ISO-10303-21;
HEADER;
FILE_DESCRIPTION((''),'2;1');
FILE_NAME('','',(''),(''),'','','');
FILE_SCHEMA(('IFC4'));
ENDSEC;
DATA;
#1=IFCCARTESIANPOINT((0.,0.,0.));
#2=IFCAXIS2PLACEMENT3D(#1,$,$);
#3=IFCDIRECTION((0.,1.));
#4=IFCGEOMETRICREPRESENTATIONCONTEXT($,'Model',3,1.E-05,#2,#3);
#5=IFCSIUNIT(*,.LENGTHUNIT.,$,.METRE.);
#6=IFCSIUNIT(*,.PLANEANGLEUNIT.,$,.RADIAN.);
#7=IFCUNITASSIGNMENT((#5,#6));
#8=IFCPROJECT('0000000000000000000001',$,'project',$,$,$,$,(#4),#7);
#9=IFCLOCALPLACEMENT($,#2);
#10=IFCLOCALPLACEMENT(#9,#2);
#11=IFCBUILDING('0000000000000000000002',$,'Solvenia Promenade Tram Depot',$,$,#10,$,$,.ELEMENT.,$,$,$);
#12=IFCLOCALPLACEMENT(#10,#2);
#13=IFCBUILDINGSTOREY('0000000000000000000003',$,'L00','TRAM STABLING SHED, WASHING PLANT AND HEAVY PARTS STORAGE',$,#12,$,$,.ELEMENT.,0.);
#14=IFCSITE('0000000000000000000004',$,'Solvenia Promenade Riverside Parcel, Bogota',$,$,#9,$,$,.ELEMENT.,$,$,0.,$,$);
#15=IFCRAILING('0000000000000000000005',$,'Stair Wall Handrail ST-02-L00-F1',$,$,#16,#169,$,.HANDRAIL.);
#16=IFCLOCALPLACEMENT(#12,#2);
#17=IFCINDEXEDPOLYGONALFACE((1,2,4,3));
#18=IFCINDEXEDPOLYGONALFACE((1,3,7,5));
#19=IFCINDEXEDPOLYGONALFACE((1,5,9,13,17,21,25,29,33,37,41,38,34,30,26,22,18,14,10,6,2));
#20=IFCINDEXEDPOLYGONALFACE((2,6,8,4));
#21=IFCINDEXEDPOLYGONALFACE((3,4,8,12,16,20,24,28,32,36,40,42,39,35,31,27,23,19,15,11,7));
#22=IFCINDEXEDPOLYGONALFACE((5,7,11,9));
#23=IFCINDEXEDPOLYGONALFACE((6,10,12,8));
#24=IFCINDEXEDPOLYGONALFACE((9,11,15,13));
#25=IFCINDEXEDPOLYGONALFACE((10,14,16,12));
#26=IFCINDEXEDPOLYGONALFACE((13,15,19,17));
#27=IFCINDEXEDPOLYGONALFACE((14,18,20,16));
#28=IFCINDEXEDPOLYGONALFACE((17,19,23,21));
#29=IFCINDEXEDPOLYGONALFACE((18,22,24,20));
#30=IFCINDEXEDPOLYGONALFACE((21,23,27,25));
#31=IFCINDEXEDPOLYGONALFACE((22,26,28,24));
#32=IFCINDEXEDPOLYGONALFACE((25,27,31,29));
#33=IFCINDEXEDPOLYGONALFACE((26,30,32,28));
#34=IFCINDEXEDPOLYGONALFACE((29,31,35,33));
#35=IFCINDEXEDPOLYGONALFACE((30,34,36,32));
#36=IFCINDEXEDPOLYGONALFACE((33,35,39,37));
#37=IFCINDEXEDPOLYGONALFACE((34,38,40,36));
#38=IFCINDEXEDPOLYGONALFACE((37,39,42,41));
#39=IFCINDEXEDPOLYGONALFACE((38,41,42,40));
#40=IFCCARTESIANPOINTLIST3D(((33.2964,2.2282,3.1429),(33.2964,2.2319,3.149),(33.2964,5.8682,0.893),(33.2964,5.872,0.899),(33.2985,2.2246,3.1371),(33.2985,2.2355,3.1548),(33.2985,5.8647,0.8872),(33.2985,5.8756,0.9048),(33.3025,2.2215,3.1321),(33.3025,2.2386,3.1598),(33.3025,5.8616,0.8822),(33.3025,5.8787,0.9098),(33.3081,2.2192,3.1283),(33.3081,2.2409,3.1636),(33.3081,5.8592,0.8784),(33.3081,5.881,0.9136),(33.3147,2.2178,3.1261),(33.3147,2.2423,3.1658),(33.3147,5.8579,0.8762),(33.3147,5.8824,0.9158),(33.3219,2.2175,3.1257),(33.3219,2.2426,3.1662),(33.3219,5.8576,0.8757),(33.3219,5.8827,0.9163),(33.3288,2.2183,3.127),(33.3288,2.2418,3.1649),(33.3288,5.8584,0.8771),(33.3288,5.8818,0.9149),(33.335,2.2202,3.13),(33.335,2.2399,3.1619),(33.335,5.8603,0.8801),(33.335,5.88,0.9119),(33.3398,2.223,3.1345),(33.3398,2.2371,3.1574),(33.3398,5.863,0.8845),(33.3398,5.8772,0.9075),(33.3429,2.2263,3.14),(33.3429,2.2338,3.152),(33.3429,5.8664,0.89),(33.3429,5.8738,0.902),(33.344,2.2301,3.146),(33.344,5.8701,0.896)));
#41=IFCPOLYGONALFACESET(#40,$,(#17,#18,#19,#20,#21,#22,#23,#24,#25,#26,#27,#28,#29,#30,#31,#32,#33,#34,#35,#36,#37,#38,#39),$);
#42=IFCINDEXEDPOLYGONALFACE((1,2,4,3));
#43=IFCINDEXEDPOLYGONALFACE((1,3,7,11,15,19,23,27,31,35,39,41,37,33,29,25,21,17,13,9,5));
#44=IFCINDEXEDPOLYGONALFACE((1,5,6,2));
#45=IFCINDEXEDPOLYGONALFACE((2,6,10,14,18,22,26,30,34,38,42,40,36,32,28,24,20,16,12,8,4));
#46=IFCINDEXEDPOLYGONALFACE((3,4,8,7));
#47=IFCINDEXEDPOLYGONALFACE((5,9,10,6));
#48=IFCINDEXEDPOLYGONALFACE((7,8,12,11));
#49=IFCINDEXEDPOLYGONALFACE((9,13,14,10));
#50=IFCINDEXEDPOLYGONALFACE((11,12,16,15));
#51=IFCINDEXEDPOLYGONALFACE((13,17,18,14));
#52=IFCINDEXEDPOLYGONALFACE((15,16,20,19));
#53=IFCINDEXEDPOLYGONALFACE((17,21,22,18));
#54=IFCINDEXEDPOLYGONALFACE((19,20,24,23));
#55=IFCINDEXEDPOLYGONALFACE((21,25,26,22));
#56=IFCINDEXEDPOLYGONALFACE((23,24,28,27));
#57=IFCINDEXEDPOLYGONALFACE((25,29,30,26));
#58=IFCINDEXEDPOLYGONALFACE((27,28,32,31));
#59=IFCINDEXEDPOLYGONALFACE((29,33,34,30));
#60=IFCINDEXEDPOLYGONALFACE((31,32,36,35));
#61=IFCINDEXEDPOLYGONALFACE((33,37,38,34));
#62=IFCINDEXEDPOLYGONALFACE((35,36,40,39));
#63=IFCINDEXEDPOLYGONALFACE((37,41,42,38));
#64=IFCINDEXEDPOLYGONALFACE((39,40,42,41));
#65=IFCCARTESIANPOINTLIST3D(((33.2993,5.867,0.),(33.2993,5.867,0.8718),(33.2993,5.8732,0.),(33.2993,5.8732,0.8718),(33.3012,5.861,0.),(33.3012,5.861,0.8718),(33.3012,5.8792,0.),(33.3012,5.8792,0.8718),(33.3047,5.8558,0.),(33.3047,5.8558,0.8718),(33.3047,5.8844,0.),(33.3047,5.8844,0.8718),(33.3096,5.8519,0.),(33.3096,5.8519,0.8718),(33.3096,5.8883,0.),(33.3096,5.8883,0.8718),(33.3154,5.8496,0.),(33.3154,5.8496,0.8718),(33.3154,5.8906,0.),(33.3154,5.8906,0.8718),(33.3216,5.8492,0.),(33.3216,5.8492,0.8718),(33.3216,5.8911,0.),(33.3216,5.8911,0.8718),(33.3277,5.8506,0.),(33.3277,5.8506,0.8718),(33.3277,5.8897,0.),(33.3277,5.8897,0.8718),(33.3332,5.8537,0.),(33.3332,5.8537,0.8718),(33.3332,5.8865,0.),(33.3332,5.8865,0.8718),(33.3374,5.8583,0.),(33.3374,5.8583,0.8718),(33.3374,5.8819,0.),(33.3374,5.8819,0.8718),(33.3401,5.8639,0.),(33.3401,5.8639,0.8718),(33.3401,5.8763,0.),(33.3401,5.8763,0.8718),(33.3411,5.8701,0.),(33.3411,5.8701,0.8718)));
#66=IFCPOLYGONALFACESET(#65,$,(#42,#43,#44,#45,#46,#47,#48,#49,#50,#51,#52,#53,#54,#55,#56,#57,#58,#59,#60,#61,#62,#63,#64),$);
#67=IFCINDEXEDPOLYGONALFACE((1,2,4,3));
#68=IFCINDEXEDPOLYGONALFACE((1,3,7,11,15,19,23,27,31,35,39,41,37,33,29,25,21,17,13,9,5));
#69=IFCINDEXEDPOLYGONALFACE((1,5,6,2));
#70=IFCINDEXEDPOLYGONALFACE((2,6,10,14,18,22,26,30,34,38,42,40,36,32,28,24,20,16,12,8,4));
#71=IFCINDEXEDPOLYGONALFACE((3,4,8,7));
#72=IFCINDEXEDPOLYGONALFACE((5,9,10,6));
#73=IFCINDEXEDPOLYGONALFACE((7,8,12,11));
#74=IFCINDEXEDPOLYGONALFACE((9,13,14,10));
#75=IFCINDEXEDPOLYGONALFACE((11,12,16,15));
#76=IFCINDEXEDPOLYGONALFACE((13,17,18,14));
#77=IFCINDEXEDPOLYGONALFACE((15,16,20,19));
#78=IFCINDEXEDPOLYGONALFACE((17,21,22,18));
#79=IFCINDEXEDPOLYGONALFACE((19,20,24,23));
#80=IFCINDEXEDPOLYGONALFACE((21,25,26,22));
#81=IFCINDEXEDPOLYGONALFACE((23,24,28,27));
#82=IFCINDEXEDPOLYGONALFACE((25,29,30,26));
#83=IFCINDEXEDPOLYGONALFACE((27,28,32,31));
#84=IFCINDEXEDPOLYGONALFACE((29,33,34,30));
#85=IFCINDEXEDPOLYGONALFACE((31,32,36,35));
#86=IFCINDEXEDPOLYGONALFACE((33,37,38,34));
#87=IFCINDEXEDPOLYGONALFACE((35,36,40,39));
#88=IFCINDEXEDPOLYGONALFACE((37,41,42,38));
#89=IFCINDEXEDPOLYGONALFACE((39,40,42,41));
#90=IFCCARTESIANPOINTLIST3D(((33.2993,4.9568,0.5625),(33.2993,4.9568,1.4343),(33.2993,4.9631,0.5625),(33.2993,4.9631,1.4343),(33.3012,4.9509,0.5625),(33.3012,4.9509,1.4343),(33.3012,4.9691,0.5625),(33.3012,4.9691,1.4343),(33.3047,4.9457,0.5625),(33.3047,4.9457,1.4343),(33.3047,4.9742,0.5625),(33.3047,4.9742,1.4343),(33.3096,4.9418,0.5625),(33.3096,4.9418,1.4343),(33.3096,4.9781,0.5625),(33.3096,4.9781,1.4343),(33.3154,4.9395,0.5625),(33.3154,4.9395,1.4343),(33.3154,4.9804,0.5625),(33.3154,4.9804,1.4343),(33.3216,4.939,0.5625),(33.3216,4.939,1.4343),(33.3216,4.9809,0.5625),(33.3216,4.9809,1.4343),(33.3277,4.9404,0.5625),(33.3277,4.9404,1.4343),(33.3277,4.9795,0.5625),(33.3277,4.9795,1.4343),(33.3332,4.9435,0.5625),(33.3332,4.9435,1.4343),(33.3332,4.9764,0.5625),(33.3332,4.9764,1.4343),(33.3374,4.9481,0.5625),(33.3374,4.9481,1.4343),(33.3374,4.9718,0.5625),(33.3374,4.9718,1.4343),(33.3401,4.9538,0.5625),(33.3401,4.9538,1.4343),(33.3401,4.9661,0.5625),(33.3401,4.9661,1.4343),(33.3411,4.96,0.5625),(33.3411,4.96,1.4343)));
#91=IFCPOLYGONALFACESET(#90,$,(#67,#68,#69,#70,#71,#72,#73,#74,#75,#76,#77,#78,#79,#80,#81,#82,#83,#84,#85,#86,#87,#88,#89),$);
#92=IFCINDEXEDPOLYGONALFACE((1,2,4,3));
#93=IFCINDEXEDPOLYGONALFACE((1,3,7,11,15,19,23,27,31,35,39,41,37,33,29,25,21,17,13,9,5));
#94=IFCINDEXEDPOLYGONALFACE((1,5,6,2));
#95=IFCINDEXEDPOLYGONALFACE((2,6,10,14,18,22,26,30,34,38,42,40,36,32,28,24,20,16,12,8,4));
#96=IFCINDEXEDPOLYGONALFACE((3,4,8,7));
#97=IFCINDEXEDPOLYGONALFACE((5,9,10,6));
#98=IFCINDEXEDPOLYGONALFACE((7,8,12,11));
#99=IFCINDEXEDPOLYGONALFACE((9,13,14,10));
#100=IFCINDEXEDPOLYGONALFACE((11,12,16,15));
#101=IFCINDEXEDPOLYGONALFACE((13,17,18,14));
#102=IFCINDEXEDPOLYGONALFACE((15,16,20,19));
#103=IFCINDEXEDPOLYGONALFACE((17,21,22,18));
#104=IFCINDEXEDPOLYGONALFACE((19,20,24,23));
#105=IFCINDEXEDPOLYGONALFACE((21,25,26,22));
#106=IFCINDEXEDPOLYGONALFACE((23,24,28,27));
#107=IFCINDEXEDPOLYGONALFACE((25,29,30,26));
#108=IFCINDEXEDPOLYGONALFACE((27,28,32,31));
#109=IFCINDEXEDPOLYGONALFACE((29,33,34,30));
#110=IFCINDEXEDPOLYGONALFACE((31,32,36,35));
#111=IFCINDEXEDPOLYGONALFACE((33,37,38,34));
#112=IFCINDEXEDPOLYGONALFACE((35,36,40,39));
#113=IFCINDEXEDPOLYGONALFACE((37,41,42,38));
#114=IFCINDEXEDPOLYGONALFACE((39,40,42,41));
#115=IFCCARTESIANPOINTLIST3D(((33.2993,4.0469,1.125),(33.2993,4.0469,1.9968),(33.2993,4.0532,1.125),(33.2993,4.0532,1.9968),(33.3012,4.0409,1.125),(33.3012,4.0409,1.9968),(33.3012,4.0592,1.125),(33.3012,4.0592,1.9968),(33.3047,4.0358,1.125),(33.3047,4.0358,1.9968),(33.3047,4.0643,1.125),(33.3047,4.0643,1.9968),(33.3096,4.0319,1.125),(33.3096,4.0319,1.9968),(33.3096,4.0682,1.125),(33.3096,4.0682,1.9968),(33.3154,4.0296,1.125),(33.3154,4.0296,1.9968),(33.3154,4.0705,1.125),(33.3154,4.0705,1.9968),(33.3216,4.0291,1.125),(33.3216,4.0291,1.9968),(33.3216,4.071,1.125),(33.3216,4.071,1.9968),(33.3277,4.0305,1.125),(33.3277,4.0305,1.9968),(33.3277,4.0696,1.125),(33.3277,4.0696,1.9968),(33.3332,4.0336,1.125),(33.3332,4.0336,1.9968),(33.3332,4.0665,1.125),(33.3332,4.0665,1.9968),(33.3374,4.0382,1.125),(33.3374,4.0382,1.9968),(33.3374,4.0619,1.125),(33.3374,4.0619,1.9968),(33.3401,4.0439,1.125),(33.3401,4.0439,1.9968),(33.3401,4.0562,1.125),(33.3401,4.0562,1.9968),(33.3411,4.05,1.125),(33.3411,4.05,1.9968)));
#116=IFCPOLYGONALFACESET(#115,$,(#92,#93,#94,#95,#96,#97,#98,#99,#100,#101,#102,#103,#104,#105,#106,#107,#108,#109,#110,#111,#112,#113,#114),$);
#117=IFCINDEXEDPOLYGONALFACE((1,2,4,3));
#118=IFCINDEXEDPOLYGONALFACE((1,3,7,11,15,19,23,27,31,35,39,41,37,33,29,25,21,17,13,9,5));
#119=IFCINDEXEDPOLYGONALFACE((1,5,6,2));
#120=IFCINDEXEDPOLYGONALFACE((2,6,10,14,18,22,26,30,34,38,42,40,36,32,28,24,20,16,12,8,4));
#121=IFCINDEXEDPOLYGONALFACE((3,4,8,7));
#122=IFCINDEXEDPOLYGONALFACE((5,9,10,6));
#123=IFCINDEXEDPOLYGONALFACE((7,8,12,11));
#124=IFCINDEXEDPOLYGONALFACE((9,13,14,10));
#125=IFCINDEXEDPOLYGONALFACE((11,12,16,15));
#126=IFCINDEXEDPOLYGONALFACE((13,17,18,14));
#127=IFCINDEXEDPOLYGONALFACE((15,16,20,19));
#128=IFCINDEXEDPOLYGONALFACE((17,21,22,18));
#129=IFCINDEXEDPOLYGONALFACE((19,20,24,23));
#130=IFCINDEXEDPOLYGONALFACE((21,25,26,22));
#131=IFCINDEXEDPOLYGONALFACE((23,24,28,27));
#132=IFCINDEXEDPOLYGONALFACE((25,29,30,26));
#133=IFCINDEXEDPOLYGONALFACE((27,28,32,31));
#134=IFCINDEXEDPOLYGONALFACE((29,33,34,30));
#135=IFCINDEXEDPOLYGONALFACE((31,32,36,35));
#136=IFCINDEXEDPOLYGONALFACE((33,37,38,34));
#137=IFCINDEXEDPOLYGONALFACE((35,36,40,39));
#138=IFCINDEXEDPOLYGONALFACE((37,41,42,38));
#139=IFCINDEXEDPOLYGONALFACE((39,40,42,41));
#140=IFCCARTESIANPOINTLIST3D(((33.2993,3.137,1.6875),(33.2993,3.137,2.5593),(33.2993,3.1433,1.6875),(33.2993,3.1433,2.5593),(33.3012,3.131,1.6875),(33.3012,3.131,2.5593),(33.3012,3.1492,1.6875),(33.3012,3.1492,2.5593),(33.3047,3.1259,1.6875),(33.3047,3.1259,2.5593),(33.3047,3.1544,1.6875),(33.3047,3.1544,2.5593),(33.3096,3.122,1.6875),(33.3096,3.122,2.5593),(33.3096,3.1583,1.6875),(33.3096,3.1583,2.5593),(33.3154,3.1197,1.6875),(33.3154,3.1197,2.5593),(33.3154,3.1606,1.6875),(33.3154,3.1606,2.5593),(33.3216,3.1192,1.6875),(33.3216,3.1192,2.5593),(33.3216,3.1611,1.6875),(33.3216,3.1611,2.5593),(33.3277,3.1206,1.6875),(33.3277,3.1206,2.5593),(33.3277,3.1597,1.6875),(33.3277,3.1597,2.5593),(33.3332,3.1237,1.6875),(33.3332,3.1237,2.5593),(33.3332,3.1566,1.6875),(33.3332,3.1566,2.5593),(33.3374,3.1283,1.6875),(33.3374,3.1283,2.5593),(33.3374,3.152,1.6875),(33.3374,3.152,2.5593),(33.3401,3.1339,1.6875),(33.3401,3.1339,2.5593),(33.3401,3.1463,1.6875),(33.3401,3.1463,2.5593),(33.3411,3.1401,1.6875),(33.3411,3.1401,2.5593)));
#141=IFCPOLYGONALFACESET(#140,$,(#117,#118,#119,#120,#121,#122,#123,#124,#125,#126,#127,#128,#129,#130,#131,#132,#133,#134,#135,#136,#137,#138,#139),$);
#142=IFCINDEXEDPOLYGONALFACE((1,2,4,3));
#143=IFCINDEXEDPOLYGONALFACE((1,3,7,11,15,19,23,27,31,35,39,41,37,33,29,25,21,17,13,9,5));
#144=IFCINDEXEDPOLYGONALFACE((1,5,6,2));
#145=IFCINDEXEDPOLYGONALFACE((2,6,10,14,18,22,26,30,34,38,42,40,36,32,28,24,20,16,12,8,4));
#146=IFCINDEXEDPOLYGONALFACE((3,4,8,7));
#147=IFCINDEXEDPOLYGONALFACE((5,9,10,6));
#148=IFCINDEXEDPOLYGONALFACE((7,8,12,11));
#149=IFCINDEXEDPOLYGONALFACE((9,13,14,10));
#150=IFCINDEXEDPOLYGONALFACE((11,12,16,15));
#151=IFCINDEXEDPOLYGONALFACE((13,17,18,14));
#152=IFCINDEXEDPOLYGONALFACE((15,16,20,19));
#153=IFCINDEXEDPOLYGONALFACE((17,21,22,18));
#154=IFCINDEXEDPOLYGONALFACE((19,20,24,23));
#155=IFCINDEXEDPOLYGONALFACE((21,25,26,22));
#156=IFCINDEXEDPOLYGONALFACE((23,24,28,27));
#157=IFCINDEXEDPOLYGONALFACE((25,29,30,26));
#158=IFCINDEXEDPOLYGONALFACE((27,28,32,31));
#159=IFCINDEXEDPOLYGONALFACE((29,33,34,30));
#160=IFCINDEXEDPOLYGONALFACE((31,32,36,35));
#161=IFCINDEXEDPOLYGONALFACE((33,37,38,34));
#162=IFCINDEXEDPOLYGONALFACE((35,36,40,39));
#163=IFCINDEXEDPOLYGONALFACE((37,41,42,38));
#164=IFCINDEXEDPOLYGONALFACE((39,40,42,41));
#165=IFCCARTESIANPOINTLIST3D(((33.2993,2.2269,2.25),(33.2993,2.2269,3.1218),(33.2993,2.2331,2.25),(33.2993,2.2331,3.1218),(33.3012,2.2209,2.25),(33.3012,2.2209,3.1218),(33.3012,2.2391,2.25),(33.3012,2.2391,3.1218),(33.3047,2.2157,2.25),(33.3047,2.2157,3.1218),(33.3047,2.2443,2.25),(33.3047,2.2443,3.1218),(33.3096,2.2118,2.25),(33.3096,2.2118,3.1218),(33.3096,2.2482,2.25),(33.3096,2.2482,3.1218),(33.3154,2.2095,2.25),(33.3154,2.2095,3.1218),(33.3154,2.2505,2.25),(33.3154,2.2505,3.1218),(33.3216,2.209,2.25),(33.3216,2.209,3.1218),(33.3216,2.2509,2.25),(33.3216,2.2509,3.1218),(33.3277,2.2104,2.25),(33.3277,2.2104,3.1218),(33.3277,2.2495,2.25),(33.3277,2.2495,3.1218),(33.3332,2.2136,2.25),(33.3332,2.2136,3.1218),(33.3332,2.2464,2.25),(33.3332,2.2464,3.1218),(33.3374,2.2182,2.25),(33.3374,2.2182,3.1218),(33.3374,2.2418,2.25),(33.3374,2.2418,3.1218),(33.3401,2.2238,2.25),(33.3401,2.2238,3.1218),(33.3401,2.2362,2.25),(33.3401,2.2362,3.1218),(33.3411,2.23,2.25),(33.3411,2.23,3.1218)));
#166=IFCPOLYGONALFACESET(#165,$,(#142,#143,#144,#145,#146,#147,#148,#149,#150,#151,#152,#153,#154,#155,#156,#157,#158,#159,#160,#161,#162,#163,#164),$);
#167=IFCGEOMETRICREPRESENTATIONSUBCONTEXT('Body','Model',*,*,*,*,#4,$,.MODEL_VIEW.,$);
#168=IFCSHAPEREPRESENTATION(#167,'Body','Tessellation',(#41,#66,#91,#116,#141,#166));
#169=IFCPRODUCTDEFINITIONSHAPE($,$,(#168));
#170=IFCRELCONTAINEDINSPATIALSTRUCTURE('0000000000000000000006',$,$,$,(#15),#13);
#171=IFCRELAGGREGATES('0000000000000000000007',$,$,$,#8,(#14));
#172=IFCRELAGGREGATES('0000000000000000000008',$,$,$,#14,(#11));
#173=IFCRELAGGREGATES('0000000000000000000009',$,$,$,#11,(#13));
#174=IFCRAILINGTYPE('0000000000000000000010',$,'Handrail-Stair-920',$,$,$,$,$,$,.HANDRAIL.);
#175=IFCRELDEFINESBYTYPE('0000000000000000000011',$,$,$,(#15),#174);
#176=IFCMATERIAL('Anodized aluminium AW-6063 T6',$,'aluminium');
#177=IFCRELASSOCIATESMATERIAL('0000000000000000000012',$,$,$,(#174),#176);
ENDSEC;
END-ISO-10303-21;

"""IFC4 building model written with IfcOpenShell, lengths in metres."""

from ifc_helpers import new_model, si_unit, direction, frame, origin, origin_2d, place, context, subcontext, project, spatial, circle, extrude, material, type_object, element, save


model = new_model("IFC4")

# Units and contexts
model_context = context("Model", 3, precision=1e-05, world=origin(), true_north=direction((0.0, 1.0)))
body_context = subcontext(model_context, "Body", "Model", "MODEL_VIEW")
ifc_project = project(units=[si_unit("LENGTHUNIT", "METRE"), si_unit("PLANEANGLEUNIT", "RADIAN")], contexts=[model_context])

# Site, building, storey
site_placement = place(None, origin())
site = spatial("IfcSite", under=ifc_project, at=site_placement, Name="Solvenia Promenade Riverside Parcel, Bogota", CompositionType="ELEMENT", RefElevation=0.0)
building_placement = place(site_placement, origin())
building = spatial("IfcBuilding", under=site, at=building_placement, Name="Solvenia Promenade Tram Depot", CompositionType="ELEMENT")
storey_placement = place(building_placement, origin())
storey = spatial("IfcBuildingStorey", under=building, at=storey_placement, Name="L00", Description="TRAM STABLING SHED, WASHING PLANT AND HEAVY PARTS STORAGE", CompositionType="ELEMENT", Elevation=0.0)

# Railing
ifc_material_1 = material(Name="Anodized aluminium AW-6063 T6", Category="aluminium")
railing_type_1 = type_object("IfcRailingType", Name="Handrail-Stair-920", PredefinedType="HANDRAIL", material=ifc_material_1)
railing_1_placement = place(storey_placement, frame((33.3201, 5.8701, 0.0)))
element("IfcRailing", 1, at=railing_1_placement, inside=storey, type_object=railing_type_1, Name="Stair Wall Handrail ST-02-L00-F1", PredefinedType="HANDRAIL", context=body_context, shape_type="SweptSolid", body=[
    extrude(circle(Radius=0.0239, at=origin_2d()), frame((0.0, 0.0, 0.896), z_axis=(0.0, -0.850622, 0.525777), x_axis=(1.0, 0.0, 0.0)), (0.0, 0.0, 1.0), 4.2793),
    extrude(circle(Radius=0.021, at=origin_2d()), origin(), (0.0, 0.0, 1.0), 0.8718),
    extrude(circle(Radius=0.021, at=origin_2d()), frame((0.0, -0.9102, 0.5625)), (0.0, 0.0, 1.0), 0.8718),
    extrude(circle(Radius=0.021, at=origin_2d()), frame((0.0, -1.8201, 1.125)), (0.0, 0.0, 1.0), 0.8718),
    extrude(circle(Radius=0.021, at=origin_2d()), frame((0.0, -2.73, 1.6875)), (0.0, 0.0, 1.0), 0.8718),
    extrude(circle(Radius=0.021, at=origin_2d()), frame((0.0, -3.6401, 2.25)), (0.0, 0.0, 1.0), 0.8718),
])

save(model, "model.ifc")
